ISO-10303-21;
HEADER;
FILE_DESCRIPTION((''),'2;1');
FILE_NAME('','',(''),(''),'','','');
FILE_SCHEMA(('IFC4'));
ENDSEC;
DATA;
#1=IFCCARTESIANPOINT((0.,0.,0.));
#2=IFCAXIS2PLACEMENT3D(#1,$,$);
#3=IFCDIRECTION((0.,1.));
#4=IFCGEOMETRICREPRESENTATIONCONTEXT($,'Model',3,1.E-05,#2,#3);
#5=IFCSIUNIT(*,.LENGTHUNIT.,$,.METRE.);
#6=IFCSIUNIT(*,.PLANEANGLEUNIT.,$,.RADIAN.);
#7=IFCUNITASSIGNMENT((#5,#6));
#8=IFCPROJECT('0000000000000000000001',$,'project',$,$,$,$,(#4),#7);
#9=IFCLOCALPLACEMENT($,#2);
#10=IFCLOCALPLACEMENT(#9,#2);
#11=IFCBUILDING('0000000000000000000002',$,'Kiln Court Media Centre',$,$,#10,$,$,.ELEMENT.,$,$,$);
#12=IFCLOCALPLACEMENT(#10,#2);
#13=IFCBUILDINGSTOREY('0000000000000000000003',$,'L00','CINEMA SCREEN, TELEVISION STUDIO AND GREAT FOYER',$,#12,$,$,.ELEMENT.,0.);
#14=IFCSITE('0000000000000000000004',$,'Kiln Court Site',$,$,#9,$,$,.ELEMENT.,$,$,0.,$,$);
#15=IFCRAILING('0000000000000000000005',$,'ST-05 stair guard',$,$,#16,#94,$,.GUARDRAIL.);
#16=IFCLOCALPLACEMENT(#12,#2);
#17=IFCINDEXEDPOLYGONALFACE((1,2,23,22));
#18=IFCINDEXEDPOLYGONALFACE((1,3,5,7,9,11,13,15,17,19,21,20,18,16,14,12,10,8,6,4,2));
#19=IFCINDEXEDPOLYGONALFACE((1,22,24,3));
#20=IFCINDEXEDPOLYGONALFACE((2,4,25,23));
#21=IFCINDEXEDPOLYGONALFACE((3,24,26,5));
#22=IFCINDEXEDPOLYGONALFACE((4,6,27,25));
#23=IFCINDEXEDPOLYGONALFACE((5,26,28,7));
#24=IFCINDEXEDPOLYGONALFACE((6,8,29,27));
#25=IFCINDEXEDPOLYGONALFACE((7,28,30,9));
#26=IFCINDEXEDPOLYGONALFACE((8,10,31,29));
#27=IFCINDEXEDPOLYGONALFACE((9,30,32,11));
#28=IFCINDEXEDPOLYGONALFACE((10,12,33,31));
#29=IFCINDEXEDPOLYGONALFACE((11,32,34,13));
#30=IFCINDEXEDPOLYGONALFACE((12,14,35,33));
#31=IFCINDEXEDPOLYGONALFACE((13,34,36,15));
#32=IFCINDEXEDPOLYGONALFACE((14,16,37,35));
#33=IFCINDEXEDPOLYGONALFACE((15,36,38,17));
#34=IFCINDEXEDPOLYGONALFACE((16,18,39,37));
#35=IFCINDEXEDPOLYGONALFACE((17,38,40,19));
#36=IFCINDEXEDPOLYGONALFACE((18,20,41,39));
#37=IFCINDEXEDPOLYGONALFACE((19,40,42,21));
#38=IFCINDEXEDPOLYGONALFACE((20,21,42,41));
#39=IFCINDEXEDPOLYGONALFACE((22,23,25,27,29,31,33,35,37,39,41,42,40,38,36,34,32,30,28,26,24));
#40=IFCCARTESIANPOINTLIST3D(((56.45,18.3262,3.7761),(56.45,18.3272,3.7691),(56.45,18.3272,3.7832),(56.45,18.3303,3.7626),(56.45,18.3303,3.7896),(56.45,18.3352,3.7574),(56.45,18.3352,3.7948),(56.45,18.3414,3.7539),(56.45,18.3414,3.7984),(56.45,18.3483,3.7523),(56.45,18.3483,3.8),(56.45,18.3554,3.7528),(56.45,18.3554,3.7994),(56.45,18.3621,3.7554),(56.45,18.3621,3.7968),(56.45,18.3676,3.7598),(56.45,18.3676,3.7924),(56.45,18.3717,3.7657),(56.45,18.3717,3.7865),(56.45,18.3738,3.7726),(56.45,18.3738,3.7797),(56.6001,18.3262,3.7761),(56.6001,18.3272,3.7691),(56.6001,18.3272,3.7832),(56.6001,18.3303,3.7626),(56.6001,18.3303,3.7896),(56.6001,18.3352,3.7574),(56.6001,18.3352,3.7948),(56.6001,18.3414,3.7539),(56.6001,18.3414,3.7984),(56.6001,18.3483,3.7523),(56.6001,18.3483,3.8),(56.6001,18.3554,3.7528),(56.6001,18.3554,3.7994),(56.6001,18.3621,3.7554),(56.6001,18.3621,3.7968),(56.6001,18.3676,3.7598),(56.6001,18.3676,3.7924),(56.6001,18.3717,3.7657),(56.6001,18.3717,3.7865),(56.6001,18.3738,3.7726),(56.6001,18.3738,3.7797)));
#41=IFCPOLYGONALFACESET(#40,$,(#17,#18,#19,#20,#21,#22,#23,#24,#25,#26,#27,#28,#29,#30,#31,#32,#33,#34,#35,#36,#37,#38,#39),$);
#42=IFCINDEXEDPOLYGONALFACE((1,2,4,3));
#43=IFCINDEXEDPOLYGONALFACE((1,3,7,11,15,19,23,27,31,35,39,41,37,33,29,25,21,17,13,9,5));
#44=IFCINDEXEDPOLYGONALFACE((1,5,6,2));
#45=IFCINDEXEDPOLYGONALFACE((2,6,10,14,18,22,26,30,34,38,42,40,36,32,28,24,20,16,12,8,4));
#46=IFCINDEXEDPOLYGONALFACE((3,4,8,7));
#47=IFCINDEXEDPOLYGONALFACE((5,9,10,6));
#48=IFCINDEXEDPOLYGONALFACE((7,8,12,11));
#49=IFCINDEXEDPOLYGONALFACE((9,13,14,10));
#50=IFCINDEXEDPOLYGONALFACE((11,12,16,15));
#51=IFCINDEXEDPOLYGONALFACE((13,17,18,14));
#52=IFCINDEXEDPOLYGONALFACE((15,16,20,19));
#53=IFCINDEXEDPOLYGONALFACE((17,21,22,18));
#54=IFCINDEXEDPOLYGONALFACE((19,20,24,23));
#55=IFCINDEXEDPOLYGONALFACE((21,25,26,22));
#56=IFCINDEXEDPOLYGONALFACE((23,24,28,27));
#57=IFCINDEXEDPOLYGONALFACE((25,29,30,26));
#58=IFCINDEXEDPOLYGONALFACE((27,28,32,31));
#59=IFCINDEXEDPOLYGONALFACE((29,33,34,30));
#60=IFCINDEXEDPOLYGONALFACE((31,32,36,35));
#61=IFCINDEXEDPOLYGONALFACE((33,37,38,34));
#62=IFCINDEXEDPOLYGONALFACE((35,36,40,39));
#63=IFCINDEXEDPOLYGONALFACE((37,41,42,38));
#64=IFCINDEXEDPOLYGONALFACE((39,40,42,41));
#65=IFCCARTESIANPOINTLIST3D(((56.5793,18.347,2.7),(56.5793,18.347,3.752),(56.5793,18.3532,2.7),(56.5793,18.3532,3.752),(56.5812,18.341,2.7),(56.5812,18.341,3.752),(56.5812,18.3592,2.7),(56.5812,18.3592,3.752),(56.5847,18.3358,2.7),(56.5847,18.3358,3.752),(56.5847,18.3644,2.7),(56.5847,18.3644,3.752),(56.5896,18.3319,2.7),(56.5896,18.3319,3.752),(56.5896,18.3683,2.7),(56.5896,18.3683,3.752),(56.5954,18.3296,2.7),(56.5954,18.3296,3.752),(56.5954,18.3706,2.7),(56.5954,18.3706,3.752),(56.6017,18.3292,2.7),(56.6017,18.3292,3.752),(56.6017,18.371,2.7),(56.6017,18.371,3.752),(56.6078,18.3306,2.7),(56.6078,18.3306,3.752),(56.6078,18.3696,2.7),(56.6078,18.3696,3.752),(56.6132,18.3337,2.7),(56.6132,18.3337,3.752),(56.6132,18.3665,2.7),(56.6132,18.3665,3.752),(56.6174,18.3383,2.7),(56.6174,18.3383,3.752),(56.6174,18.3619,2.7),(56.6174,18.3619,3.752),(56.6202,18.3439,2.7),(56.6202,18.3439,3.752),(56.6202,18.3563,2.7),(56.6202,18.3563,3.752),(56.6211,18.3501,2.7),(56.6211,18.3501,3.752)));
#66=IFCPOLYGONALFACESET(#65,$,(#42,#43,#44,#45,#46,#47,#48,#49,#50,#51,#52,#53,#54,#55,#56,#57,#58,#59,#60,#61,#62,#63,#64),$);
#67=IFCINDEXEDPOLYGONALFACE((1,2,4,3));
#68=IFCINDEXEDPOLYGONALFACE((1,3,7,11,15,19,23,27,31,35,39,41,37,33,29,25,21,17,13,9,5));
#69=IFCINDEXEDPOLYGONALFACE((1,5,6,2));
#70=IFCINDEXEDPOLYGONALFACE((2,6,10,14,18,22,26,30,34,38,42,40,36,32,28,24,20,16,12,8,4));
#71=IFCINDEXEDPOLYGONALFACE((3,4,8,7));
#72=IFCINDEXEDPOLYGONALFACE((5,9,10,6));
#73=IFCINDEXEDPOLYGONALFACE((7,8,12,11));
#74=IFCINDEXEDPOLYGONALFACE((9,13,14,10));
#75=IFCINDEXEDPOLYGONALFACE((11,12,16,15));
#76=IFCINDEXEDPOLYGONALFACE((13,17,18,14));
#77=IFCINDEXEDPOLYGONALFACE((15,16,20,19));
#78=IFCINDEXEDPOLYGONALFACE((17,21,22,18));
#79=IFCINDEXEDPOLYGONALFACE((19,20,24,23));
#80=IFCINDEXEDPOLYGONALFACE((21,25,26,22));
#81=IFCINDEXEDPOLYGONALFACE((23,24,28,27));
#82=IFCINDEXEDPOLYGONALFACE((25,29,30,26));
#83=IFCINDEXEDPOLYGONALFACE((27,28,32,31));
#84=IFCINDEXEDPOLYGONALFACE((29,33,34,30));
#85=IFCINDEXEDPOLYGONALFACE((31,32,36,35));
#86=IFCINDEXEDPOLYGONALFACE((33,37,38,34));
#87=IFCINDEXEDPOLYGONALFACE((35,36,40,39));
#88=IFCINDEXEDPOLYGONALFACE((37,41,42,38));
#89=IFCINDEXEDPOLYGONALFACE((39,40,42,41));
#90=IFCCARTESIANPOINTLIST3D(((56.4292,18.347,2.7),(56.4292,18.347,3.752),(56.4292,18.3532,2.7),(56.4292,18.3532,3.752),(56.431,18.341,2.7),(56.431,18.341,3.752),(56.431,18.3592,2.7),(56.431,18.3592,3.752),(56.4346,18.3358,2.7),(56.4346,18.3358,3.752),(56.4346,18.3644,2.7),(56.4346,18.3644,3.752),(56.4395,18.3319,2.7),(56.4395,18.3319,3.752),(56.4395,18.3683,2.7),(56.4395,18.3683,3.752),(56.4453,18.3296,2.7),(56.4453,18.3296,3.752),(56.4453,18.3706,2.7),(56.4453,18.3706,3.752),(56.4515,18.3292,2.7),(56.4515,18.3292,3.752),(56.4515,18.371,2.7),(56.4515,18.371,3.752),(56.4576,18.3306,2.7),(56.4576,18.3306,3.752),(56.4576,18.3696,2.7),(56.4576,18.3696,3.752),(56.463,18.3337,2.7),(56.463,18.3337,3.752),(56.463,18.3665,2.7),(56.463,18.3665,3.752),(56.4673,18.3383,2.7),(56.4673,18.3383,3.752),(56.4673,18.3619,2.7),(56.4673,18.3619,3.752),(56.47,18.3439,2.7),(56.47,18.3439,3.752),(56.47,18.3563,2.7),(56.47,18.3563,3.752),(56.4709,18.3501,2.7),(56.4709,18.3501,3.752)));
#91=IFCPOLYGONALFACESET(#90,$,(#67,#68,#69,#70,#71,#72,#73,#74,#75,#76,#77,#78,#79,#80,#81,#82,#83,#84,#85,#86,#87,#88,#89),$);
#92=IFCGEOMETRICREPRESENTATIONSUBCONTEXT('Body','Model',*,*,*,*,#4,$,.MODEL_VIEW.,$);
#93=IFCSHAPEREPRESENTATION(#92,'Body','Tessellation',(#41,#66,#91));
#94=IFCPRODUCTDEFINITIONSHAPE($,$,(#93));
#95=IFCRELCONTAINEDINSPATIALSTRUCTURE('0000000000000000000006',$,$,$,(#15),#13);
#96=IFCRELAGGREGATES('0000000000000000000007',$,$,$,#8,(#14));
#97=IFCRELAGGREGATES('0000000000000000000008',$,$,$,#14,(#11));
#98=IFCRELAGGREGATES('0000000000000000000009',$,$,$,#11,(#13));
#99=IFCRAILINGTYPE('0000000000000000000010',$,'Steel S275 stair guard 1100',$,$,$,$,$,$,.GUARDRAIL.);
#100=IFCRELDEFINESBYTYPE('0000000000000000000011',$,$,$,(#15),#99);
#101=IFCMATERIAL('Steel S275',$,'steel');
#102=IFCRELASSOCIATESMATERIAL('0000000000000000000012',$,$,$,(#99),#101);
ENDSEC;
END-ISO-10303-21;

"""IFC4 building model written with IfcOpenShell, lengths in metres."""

from ifc_helpers import new_model, si_unit, direction, frame, origin, origin_2d, place, context, subcontext, project, spatial, circle, extrude, material, type_object, element, save


model = new_model("IFC4")

# Units and contexts
model_context = context("Model", 3, precision=1e-05, world=origin(), true_north=direction((0.0, 1.0)))
body_context = subcontext(model_context, "Body", "Model", "MODEL_VIEW")
ifc_project = project(units=[si_unit("LENGTHUNIT", "METRE"), si_unit("PLANEANGLEUNIT", "RADIAN")], contexts=[model_context])

# Site, building, storey
site_placement = place(None, origin())
site = spatial("IfcSite", under=ifc_project, at=site_placement, Name="Kiln Court Site", CompositionType="ELEMENT", RefElevation=0.0)
building_placement = place(site_placement, origin())
building = spatial("IfcBuilding", under=site, at=building_placement, Name="Kiln Court Media Centre", CompositionType="ELEMENT")
storey_placement = place(building_placement, origin())
storey = spatial("IfcBuildingStorey", under=building, at=storey_placement, Name="L00", Description="CINEMA SCREEN, TELEVISION STUDIO AND GREAT FOYER", CompositionType="ELEMENT", Elevation=0.0)

# Railing
ifc_material_1 = material(Name="Steel S275", Category="steel")
railing_type = type_object("IfcRailingType", Name="Steel S275 stair guard 1100", PredefinedType="GUARDRAIL", material=ifc_material_1)
railing_1_placement = place(storey_placement, frame((56.6001, 18.3501, 2.7)))
element("IfcRailing", 1, at=railing_1_placement, inside=storey, type_object=railing_type, Name="ST-05 stair guard", PredefinedType="GUARDRAIL", context=body_context, shape_type="SweptSolid", body=[
    extrude(circle(Radius=0.0239, at=origin_2d()), frame((0.0, 0.0, 1.0762), z_axis=(-1.0, 0.0, 0.0), x_axis=(0.0, -1.0, 0.0)), (0.0, 0.0, 1.0), 0.1501),
    extrude(circle(Radius=0.021, at=origin_2d()), origin(), (0.0, 0.0, 1.0), 1.052),
    extrude(circle(Radius=0.021, at=origin_2d()), frame((-0.1501, 0.0, 0.0)), (0.0, 0.0, 1.0), 1.052),
])

save(model, "model.ifc")
